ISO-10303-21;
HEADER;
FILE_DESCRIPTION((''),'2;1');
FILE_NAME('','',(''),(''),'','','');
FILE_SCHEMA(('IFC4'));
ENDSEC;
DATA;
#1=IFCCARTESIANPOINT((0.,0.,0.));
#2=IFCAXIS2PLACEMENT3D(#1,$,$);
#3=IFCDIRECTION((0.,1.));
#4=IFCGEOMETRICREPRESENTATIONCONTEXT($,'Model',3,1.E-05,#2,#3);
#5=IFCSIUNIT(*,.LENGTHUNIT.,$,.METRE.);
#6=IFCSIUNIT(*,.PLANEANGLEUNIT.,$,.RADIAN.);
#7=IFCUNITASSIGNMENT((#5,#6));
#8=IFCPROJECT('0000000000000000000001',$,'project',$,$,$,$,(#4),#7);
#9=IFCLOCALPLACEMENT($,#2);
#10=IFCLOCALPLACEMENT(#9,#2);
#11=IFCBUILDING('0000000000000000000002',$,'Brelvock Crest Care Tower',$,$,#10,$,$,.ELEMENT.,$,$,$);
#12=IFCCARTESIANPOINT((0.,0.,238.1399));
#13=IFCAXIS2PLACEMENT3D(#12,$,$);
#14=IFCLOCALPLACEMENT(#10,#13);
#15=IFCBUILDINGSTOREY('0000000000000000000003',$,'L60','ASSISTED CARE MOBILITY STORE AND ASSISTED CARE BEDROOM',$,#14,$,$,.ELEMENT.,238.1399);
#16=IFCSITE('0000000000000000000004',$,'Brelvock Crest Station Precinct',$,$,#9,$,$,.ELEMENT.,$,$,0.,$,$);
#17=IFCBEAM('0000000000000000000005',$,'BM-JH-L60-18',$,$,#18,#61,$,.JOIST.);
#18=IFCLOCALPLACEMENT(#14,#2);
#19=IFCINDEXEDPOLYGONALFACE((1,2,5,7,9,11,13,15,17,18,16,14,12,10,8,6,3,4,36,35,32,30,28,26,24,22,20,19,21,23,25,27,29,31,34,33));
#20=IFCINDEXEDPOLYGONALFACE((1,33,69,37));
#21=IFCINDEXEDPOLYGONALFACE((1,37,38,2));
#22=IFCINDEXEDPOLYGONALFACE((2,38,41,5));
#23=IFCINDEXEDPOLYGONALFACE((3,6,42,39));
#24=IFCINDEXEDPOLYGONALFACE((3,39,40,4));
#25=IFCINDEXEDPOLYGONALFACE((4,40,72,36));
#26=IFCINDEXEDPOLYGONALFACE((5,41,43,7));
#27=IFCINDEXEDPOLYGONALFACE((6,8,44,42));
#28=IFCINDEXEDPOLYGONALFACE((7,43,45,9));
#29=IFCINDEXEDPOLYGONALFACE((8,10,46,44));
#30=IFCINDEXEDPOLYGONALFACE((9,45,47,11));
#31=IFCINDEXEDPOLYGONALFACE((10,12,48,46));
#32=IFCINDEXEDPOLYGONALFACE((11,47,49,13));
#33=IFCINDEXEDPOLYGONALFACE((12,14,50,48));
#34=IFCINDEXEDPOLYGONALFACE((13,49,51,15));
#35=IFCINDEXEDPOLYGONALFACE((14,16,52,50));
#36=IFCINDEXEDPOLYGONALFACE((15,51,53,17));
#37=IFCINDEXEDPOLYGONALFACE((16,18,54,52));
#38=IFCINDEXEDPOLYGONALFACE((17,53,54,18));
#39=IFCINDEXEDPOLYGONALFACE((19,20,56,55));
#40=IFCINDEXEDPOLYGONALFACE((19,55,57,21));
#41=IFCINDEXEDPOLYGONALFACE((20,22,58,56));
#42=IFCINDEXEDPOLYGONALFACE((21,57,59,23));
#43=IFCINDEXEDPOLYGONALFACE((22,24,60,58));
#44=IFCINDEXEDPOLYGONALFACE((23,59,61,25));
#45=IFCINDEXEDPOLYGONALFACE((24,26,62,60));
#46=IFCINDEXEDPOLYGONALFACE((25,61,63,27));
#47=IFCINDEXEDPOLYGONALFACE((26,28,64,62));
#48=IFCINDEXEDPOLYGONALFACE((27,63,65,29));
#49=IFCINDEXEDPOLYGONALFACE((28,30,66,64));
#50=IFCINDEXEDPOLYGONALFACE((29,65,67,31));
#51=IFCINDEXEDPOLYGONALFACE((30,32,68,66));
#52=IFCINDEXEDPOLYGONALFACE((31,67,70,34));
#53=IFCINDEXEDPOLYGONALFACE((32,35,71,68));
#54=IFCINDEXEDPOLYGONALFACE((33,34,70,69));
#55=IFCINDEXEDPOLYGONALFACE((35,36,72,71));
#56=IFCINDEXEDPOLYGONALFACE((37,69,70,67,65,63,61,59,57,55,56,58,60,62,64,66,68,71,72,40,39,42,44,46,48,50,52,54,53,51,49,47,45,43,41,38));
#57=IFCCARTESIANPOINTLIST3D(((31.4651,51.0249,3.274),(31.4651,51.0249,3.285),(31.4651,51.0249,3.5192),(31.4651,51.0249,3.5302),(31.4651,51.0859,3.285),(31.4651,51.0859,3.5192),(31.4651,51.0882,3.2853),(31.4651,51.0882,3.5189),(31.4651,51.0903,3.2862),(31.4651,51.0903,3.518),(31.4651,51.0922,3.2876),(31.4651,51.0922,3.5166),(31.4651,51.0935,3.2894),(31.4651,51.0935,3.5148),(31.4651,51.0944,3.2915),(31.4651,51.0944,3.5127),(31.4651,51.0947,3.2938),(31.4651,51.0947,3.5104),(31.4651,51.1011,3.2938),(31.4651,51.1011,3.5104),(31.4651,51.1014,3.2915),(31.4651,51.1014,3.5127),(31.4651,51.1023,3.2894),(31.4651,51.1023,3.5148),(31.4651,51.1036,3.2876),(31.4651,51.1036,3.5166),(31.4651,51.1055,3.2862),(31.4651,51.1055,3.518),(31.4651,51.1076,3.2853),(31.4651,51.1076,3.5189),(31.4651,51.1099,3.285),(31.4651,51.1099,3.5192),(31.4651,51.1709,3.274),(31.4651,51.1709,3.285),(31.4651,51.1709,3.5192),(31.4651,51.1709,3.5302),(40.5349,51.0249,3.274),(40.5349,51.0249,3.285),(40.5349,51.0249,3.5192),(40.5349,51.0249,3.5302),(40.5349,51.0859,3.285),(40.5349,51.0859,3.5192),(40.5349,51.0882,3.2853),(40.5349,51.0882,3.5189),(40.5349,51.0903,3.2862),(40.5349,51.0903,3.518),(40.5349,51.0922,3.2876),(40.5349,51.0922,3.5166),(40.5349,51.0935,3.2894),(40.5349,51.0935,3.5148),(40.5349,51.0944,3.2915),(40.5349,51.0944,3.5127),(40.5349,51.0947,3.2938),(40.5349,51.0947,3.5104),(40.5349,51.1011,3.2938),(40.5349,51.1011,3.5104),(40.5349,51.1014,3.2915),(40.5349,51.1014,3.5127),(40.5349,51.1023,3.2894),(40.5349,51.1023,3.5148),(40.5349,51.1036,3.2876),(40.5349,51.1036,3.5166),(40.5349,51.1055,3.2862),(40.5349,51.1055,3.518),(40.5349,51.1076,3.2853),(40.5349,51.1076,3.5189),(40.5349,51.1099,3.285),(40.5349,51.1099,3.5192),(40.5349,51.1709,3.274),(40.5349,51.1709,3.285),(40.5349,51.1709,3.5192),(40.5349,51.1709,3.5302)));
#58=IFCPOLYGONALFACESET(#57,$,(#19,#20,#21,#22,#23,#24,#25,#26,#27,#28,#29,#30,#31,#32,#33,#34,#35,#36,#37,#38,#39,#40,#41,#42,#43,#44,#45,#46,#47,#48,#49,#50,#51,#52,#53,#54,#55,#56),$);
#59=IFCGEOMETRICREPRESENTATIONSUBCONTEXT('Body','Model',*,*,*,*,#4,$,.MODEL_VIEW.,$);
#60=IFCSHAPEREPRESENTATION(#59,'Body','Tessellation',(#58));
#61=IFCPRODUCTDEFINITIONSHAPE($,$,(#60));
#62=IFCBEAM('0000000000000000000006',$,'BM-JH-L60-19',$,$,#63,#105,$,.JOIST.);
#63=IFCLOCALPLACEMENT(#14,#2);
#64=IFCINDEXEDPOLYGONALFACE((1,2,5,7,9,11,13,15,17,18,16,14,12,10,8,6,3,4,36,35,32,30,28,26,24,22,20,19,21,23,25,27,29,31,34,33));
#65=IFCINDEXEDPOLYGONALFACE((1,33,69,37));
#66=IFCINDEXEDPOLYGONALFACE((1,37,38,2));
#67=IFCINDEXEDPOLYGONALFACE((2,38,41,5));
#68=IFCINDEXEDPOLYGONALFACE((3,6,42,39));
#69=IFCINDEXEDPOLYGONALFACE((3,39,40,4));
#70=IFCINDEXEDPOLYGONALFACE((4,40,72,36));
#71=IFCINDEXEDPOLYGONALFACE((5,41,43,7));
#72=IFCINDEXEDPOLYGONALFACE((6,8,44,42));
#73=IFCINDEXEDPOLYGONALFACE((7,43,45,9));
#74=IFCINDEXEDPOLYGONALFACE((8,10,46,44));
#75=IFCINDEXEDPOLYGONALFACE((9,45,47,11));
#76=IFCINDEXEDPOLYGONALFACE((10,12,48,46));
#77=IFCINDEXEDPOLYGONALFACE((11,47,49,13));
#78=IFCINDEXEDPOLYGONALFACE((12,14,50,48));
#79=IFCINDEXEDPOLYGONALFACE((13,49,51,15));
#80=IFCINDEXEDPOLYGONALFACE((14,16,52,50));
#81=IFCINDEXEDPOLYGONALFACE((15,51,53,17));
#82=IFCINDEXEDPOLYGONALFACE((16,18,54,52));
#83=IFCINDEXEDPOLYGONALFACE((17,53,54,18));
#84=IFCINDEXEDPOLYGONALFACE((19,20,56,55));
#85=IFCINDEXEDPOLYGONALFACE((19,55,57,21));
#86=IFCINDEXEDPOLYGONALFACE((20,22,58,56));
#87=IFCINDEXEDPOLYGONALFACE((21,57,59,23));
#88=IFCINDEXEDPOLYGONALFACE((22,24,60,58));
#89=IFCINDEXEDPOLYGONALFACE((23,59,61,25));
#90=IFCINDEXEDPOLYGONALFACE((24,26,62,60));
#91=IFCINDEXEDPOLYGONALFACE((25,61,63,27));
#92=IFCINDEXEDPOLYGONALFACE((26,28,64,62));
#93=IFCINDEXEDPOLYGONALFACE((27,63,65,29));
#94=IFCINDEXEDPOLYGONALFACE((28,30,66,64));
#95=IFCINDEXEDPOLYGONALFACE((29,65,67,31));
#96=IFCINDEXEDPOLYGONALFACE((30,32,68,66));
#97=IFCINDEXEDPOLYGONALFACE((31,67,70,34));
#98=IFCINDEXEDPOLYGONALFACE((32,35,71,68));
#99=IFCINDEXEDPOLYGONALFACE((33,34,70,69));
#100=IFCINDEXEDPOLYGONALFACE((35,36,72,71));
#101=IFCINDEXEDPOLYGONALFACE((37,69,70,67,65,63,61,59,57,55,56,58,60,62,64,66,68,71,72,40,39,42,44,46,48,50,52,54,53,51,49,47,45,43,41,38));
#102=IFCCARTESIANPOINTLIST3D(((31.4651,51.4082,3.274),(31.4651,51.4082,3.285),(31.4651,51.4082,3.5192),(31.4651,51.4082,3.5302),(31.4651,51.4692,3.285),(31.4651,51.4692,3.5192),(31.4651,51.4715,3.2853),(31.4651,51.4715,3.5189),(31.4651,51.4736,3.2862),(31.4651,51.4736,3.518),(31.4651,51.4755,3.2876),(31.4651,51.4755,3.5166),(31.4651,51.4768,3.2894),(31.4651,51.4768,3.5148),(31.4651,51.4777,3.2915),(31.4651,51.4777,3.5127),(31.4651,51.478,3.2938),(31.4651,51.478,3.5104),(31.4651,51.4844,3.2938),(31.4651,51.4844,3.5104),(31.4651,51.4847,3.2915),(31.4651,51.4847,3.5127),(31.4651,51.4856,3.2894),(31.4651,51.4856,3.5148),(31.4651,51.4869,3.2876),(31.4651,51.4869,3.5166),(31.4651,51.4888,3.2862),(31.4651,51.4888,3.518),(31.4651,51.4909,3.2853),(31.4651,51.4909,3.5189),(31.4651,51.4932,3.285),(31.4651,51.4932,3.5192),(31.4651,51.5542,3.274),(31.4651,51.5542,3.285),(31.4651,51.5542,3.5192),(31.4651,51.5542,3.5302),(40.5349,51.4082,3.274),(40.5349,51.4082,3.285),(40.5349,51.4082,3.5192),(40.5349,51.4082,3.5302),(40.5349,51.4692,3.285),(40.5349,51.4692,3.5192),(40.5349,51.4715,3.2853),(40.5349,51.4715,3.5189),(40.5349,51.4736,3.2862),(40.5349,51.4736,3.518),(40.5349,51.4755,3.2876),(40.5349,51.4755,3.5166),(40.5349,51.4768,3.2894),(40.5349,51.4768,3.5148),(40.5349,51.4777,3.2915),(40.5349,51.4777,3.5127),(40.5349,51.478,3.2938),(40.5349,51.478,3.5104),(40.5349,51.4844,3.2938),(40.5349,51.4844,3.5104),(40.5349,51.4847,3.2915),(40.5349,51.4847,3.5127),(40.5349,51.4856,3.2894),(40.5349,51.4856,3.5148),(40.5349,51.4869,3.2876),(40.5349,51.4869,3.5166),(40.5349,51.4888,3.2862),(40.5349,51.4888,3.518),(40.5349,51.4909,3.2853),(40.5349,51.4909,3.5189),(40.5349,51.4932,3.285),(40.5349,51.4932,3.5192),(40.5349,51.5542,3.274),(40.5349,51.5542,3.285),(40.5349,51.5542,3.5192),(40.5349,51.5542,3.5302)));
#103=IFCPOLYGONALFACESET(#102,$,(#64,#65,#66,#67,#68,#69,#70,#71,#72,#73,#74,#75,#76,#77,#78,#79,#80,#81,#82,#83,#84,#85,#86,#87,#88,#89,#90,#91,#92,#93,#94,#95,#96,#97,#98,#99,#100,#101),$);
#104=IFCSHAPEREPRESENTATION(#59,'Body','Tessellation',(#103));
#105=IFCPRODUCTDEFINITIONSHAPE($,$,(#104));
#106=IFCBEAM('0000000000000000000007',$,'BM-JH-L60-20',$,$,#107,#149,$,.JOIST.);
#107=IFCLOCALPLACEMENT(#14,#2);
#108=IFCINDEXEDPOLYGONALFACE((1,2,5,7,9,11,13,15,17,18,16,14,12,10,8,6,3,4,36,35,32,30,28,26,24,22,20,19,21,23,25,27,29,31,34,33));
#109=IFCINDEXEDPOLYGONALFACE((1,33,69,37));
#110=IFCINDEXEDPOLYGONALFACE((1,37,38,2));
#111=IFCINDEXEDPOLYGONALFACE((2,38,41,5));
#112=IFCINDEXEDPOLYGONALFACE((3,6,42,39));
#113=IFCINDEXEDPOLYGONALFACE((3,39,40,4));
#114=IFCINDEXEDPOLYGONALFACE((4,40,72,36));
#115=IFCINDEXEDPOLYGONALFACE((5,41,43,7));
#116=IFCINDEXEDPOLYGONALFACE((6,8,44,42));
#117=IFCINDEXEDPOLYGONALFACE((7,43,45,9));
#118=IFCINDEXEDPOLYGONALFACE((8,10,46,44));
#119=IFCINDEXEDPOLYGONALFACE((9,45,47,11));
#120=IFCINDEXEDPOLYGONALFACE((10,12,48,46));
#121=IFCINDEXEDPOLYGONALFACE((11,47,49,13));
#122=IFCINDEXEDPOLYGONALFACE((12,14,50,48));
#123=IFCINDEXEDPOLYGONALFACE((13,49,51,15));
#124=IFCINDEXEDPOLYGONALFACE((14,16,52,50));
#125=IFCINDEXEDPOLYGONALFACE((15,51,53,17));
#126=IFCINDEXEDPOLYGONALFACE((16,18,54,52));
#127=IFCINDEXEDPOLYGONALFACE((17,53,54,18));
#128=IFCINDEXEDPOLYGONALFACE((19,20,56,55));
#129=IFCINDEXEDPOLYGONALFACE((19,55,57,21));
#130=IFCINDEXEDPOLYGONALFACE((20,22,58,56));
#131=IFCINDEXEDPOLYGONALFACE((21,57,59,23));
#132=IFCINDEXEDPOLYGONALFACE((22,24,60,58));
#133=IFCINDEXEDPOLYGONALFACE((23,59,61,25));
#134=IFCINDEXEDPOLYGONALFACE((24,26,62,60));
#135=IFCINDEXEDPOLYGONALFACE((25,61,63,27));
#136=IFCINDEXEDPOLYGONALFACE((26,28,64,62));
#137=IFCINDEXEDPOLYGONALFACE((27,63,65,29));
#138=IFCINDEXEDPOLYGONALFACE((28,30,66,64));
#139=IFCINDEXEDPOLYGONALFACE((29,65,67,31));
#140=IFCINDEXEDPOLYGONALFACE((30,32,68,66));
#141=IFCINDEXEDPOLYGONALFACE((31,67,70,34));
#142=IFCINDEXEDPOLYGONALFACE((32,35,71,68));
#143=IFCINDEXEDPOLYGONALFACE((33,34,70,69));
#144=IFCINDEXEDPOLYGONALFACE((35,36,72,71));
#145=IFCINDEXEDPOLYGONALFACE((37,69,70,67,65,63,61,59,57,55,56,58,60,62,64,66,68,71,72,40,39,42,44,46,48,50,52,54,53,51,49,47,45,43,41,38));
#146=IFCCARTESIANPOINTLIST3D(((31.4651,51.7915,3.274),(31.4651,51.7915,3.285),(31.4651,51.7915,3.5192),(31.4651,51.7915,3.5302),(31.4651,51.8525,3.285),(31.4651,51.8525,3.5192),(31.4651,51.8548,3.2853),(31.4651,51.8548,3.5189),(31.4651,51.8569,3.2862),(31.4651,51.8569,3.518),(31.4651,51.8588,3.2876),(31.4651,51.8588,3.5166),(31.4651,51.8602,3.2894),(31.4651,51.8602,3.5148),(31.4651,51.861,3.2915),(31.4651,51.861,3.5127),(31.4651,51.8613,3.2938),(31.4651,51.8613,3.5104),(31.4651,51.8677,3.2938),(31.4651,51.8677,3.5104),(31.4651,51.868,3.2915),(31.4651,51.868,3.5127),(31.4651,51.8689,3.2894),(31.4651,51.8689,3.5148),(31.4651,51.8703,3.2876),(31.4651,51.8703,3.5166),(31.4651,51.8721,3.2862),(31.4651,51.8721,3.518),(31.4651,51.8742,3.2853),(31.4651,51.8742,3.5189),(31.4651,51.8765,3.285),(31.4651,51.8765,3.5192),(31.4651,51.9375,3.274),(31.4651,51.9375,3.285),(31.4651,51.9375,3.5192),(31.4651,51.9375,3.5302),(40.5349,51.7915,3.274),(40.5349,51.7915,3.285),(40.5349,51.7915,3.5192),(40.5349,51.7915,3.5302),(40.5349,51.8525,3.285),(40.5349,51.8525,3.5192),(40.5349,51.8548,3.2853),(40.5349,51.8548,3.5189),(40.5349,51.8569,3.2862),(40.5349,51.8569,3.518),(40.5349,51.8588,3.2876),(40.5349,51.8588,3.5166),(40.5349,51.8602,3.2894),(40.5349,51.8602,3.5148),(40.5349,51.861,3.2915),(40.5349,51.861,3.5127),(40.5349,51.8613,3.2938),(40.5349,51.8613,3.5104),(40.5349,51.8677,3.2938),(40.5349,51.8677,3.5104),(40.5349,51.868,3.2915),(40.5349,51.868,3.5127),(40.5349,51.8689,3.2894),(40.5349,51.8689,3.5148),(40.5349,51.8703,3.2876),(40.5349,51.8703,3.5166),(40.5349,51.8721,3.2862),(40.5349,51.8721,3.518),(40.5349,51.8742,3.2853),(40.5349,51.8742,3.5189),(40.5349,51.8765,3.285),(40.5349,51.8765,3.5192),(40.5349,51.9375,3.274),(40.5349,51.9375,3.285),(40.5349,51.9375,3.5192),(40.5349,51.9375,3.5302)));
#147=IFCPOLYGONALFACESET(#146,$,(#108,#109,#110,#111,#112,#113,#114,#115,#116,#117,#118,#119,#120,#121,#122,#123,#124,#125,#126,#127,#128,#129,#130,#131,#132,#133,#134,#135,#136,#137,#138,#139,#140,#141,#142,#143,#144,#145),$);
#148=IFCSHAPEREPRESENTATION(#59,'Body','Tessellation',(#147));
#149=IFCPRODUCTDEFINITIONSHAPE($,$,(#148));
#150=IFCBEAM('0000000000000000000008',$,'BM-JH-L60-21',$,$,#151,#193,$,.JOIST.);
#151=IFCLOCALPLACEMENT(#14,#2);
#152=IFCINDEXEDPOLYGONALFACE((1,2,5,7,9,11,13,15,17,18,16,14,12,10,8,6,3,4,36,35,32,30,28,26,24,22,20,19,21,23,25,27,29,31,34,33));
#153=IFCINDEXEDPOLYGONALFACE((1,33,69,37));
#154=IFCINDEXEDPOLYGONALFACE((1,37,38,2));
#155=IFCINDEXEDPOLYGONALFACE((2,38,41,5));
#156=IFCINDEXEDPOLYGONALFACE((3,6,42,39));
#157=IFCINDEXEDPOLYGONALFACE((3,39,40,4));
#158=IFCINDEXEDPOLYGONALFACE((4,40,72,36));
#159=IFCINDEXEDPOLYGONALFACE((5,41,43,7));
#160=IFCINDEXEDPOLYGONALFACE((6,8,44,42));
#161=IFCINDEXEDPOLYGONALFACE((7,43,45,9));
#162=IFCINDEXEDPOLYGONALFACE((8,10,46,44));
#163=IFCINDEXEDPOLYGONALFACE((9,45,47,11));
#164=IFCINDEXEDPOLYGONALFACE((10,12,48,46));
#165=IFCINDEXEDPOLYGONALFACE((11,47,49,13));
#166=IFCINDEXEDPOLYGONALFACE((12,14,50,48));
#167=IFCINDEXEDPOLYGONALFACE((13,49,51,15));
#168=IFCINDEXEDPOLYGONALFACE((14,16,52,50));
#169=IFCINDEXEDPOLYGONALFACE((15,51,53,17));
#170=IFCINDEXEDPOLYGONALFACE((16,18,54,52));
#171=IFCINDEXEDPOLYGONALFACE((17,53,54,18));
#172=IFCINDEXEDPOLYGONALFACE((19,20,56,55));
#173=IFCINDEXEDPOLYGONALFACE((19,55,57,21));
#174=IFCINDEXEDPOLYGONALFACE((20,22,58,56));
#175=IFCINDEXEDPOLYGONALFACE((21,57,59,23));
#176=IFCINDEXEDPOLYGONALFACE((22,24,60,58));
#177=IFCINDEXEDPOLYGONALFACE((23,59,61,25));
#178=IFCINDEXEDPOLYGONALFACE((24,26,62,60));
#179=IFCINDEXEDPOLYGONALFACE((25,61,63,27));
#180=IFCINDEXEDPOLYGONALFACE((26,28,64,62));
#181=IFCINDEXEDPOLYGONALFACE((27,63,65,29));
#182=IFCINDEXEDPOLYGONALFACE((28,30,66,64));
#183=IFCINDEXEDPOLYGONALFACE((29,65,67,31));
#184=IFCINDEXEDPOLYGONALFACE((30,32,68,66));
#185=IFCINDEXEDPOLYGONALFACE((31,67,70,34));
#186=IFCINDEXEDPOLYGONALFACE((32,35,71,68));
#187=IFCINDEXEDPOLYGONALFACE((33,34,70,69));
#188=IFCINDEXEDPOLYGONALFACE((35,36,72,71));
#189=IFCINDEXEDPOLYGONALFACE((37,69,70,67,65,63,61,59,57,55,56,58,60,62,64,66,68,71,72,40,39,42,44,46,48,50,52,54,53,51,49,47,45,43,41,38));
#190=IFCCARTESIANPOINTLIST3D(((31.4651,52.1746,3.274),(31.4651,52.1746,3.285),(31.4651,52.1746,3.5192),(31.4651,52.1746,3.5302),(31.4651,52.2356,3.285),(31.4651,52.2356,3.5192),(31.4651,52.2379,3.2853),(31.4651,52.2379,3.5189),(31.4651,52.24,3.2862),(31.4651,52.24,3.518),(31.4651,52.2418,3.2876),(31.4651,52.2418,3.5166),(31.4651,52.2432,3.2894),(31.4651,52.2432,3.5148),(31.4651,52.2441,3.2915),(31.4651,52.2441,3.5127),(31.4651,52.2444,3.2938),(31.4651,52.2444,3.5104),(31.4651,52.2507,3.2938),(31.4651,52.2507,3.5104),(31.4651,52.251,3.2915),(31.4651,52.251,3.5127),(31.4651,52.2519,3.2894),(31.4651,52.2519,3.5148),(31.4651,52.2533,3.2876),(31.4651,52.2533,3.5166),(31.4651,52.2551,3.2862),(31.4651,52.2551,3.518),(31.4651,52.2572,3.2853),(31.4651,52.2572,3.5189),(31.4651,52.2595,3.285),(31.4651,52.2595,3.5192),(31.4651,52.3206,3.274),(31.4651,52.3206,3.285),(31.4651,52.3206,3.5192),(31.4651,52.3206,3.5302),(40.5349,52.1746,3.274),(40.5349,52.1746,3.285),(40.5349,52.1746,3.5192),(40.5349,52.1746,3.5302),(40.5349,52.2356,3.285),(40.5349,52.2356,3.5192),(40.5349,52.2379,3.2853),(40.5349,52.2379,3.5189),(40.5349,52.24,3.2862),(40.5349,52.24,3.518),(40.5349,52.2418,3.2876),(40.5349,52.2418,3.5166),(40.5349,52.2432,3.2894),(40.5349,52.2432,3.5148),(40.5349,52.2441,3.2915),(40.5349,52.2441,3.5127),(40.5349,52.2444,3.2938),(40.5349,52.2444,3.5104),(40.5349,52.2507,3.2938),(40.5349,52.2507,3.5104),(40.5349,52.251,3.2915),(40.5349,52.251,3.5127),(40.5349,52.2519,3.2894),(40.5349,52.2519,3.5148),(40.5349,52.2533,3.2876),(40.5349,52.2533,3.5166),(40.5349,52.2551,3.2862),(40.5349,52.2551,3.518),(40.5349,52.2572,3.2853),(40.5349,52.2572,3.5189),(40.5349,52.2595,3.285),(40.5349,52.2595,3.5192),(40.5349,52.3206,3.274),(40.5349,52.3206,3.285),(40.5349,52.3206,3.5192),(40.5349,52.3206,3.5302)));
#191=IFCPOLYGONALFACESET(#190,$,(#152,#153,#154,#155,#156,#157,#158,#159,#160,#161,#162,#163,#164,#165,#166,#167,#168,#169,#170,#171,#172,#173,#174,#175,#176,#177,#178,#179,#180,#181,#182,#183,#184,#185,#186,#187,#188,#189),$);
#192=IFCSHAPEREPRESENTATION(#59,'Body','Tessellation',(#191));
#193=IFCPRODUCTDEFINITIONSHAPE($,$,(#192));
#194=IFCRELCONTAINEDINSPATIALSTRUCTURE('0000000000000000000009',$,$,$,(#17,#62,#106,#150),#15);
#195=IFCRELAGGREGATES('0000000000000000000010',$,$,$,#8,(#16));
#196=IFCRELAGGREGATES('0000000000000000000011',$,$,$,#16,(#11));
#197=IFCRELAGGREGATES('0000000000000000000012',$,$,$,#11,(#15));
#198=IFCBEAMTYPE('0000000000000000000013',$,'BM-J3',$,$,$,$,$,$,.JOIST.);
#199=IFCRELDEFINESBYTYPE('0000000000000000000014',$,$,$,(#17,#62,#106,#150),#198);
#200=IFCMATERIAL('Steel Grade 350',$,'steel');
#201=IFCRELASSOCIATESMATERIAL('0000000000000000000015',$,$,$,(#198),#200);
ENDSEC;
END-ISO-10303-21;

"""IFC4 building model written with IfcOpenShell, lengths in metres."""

from ifc_helpers import new_model, si_unit, direction, frame, origin, origin_2d, place, context, subcontext, project, spatial, i_section, extrude, source, transform, mapped, material, material_profile, profile_set, type_object, element, save


model = new_model("IFC4")

# Units and contexts
model_context = context("Model", 3, precision=1e-05, world=origin(), true_north=direction((0.0, 1.0)))
body_context = subcontext(model_context, "Body", "Model", "MODEL_VIEW")
ifc_project = project(units=[si_unit("LENGTHUNIT", "METRE"), si_unit("PLANEANGLEUNIT", "RADIAN")], contexts=[model_context])

# Site, building, storey
site_placement = place(None, origin())
site = spatial("IfcSite", under=ifc_project, at=site_placement, Name="Brelvock Crest Station Precinct", CompositionType="ELEMENT", RefElevation=0.0)
building_placement = place(site_placement, origin())
building = spatial("IfcBuilding", under=site, at=building_placement, Name="Brelvock Crest Care Tower", CompositionType="ELEMENT")
storey_placement = place(building_placement, frame((0.0, 0.0, 238.1399)))
storey = spatial("IfcBuildingStorey", under=building, at=storey_placement, Name="L60", Description="ASSISTED CARE MOBILITY STORE AND ASSISTED CARE BEDROOM", CompositionType="ELEMENT", Elevation=238.1399)

# Beams
ifc_material_1 = material(Name="Steel Grade 350", Category="steel")
ifc_material_profile_1 = material_profile(ifc_material_1, i_section(OverallWidth=0.146, OverallDepth=0.2561, WebThickness=0.0063, FlangeThickness=0.011, FilletRadius=0.0088, at=origin_2d()), Name="250UB37.3")
ifc_profile_set_1 = profile_set([ifc_material_profile_1], Name="Steel Grade 350")
beam_type_1 = type_object("IfcBeamType", Name="BM-J3", PredefinedType="JOIST", material=ifc_profile_set_1)
shared_shape_1 = source(origin(), body_context, "Body", "SweptSolid", [
    extrude(i_section(OverallWidth=0.146, OverallDepth=0.2561, WebThickness=0.0063, FlangeThickness=0.011, FilletRadius=0.0088, at=origin_2d()), origin(), (0.0, 0.0, 1.0), 9.0698),
])
for number, where, z_axis, x_axis, name in (
    (1, (31.4651, 51.0979, 3.4021), (1.0, 0.0, 0.0), (0.0, 1.0, 0.0), "BM-JH-L60-18"),
    (2, (31.4651, 51.4812, 3.4021), (1.0, 0.0, 0.0), (0.0, 1.0, 0.0), "BM-JH-L60-19"),
    (3, (31.4651, 51.8645, 3.4021), (1.0, 0.0, 0.0), (0.0, 1.0, 0.0), "BM-JH-L60-20"),
    (4, (31.4651, 52.2476, 3.4021), (1.0, 0.0, 0.0), (0.0, 1.0, 0.0), "BM-JH-L60-21"),
):
    element("IfcBeam", number, at=place(storey_placement, frame(where, z_axis=z_axis, x_axis=x_axis)), inside=storey, type_object=beam_type_1, Name=name, PredefinedType="JOIST", context=body_context, shape_type="MappedRepresentation", body=[
        mapped(shared_shape_1, transform((0.0, 0.0, 0.0), x_axis=(1.0, 0.0, 0.0), y_axis=(0.0, 1.0, 0.0), z_axis=(0.0, 0.0, 1.0), scale=1.0)),
    ])

save(model, "model.ifc")
